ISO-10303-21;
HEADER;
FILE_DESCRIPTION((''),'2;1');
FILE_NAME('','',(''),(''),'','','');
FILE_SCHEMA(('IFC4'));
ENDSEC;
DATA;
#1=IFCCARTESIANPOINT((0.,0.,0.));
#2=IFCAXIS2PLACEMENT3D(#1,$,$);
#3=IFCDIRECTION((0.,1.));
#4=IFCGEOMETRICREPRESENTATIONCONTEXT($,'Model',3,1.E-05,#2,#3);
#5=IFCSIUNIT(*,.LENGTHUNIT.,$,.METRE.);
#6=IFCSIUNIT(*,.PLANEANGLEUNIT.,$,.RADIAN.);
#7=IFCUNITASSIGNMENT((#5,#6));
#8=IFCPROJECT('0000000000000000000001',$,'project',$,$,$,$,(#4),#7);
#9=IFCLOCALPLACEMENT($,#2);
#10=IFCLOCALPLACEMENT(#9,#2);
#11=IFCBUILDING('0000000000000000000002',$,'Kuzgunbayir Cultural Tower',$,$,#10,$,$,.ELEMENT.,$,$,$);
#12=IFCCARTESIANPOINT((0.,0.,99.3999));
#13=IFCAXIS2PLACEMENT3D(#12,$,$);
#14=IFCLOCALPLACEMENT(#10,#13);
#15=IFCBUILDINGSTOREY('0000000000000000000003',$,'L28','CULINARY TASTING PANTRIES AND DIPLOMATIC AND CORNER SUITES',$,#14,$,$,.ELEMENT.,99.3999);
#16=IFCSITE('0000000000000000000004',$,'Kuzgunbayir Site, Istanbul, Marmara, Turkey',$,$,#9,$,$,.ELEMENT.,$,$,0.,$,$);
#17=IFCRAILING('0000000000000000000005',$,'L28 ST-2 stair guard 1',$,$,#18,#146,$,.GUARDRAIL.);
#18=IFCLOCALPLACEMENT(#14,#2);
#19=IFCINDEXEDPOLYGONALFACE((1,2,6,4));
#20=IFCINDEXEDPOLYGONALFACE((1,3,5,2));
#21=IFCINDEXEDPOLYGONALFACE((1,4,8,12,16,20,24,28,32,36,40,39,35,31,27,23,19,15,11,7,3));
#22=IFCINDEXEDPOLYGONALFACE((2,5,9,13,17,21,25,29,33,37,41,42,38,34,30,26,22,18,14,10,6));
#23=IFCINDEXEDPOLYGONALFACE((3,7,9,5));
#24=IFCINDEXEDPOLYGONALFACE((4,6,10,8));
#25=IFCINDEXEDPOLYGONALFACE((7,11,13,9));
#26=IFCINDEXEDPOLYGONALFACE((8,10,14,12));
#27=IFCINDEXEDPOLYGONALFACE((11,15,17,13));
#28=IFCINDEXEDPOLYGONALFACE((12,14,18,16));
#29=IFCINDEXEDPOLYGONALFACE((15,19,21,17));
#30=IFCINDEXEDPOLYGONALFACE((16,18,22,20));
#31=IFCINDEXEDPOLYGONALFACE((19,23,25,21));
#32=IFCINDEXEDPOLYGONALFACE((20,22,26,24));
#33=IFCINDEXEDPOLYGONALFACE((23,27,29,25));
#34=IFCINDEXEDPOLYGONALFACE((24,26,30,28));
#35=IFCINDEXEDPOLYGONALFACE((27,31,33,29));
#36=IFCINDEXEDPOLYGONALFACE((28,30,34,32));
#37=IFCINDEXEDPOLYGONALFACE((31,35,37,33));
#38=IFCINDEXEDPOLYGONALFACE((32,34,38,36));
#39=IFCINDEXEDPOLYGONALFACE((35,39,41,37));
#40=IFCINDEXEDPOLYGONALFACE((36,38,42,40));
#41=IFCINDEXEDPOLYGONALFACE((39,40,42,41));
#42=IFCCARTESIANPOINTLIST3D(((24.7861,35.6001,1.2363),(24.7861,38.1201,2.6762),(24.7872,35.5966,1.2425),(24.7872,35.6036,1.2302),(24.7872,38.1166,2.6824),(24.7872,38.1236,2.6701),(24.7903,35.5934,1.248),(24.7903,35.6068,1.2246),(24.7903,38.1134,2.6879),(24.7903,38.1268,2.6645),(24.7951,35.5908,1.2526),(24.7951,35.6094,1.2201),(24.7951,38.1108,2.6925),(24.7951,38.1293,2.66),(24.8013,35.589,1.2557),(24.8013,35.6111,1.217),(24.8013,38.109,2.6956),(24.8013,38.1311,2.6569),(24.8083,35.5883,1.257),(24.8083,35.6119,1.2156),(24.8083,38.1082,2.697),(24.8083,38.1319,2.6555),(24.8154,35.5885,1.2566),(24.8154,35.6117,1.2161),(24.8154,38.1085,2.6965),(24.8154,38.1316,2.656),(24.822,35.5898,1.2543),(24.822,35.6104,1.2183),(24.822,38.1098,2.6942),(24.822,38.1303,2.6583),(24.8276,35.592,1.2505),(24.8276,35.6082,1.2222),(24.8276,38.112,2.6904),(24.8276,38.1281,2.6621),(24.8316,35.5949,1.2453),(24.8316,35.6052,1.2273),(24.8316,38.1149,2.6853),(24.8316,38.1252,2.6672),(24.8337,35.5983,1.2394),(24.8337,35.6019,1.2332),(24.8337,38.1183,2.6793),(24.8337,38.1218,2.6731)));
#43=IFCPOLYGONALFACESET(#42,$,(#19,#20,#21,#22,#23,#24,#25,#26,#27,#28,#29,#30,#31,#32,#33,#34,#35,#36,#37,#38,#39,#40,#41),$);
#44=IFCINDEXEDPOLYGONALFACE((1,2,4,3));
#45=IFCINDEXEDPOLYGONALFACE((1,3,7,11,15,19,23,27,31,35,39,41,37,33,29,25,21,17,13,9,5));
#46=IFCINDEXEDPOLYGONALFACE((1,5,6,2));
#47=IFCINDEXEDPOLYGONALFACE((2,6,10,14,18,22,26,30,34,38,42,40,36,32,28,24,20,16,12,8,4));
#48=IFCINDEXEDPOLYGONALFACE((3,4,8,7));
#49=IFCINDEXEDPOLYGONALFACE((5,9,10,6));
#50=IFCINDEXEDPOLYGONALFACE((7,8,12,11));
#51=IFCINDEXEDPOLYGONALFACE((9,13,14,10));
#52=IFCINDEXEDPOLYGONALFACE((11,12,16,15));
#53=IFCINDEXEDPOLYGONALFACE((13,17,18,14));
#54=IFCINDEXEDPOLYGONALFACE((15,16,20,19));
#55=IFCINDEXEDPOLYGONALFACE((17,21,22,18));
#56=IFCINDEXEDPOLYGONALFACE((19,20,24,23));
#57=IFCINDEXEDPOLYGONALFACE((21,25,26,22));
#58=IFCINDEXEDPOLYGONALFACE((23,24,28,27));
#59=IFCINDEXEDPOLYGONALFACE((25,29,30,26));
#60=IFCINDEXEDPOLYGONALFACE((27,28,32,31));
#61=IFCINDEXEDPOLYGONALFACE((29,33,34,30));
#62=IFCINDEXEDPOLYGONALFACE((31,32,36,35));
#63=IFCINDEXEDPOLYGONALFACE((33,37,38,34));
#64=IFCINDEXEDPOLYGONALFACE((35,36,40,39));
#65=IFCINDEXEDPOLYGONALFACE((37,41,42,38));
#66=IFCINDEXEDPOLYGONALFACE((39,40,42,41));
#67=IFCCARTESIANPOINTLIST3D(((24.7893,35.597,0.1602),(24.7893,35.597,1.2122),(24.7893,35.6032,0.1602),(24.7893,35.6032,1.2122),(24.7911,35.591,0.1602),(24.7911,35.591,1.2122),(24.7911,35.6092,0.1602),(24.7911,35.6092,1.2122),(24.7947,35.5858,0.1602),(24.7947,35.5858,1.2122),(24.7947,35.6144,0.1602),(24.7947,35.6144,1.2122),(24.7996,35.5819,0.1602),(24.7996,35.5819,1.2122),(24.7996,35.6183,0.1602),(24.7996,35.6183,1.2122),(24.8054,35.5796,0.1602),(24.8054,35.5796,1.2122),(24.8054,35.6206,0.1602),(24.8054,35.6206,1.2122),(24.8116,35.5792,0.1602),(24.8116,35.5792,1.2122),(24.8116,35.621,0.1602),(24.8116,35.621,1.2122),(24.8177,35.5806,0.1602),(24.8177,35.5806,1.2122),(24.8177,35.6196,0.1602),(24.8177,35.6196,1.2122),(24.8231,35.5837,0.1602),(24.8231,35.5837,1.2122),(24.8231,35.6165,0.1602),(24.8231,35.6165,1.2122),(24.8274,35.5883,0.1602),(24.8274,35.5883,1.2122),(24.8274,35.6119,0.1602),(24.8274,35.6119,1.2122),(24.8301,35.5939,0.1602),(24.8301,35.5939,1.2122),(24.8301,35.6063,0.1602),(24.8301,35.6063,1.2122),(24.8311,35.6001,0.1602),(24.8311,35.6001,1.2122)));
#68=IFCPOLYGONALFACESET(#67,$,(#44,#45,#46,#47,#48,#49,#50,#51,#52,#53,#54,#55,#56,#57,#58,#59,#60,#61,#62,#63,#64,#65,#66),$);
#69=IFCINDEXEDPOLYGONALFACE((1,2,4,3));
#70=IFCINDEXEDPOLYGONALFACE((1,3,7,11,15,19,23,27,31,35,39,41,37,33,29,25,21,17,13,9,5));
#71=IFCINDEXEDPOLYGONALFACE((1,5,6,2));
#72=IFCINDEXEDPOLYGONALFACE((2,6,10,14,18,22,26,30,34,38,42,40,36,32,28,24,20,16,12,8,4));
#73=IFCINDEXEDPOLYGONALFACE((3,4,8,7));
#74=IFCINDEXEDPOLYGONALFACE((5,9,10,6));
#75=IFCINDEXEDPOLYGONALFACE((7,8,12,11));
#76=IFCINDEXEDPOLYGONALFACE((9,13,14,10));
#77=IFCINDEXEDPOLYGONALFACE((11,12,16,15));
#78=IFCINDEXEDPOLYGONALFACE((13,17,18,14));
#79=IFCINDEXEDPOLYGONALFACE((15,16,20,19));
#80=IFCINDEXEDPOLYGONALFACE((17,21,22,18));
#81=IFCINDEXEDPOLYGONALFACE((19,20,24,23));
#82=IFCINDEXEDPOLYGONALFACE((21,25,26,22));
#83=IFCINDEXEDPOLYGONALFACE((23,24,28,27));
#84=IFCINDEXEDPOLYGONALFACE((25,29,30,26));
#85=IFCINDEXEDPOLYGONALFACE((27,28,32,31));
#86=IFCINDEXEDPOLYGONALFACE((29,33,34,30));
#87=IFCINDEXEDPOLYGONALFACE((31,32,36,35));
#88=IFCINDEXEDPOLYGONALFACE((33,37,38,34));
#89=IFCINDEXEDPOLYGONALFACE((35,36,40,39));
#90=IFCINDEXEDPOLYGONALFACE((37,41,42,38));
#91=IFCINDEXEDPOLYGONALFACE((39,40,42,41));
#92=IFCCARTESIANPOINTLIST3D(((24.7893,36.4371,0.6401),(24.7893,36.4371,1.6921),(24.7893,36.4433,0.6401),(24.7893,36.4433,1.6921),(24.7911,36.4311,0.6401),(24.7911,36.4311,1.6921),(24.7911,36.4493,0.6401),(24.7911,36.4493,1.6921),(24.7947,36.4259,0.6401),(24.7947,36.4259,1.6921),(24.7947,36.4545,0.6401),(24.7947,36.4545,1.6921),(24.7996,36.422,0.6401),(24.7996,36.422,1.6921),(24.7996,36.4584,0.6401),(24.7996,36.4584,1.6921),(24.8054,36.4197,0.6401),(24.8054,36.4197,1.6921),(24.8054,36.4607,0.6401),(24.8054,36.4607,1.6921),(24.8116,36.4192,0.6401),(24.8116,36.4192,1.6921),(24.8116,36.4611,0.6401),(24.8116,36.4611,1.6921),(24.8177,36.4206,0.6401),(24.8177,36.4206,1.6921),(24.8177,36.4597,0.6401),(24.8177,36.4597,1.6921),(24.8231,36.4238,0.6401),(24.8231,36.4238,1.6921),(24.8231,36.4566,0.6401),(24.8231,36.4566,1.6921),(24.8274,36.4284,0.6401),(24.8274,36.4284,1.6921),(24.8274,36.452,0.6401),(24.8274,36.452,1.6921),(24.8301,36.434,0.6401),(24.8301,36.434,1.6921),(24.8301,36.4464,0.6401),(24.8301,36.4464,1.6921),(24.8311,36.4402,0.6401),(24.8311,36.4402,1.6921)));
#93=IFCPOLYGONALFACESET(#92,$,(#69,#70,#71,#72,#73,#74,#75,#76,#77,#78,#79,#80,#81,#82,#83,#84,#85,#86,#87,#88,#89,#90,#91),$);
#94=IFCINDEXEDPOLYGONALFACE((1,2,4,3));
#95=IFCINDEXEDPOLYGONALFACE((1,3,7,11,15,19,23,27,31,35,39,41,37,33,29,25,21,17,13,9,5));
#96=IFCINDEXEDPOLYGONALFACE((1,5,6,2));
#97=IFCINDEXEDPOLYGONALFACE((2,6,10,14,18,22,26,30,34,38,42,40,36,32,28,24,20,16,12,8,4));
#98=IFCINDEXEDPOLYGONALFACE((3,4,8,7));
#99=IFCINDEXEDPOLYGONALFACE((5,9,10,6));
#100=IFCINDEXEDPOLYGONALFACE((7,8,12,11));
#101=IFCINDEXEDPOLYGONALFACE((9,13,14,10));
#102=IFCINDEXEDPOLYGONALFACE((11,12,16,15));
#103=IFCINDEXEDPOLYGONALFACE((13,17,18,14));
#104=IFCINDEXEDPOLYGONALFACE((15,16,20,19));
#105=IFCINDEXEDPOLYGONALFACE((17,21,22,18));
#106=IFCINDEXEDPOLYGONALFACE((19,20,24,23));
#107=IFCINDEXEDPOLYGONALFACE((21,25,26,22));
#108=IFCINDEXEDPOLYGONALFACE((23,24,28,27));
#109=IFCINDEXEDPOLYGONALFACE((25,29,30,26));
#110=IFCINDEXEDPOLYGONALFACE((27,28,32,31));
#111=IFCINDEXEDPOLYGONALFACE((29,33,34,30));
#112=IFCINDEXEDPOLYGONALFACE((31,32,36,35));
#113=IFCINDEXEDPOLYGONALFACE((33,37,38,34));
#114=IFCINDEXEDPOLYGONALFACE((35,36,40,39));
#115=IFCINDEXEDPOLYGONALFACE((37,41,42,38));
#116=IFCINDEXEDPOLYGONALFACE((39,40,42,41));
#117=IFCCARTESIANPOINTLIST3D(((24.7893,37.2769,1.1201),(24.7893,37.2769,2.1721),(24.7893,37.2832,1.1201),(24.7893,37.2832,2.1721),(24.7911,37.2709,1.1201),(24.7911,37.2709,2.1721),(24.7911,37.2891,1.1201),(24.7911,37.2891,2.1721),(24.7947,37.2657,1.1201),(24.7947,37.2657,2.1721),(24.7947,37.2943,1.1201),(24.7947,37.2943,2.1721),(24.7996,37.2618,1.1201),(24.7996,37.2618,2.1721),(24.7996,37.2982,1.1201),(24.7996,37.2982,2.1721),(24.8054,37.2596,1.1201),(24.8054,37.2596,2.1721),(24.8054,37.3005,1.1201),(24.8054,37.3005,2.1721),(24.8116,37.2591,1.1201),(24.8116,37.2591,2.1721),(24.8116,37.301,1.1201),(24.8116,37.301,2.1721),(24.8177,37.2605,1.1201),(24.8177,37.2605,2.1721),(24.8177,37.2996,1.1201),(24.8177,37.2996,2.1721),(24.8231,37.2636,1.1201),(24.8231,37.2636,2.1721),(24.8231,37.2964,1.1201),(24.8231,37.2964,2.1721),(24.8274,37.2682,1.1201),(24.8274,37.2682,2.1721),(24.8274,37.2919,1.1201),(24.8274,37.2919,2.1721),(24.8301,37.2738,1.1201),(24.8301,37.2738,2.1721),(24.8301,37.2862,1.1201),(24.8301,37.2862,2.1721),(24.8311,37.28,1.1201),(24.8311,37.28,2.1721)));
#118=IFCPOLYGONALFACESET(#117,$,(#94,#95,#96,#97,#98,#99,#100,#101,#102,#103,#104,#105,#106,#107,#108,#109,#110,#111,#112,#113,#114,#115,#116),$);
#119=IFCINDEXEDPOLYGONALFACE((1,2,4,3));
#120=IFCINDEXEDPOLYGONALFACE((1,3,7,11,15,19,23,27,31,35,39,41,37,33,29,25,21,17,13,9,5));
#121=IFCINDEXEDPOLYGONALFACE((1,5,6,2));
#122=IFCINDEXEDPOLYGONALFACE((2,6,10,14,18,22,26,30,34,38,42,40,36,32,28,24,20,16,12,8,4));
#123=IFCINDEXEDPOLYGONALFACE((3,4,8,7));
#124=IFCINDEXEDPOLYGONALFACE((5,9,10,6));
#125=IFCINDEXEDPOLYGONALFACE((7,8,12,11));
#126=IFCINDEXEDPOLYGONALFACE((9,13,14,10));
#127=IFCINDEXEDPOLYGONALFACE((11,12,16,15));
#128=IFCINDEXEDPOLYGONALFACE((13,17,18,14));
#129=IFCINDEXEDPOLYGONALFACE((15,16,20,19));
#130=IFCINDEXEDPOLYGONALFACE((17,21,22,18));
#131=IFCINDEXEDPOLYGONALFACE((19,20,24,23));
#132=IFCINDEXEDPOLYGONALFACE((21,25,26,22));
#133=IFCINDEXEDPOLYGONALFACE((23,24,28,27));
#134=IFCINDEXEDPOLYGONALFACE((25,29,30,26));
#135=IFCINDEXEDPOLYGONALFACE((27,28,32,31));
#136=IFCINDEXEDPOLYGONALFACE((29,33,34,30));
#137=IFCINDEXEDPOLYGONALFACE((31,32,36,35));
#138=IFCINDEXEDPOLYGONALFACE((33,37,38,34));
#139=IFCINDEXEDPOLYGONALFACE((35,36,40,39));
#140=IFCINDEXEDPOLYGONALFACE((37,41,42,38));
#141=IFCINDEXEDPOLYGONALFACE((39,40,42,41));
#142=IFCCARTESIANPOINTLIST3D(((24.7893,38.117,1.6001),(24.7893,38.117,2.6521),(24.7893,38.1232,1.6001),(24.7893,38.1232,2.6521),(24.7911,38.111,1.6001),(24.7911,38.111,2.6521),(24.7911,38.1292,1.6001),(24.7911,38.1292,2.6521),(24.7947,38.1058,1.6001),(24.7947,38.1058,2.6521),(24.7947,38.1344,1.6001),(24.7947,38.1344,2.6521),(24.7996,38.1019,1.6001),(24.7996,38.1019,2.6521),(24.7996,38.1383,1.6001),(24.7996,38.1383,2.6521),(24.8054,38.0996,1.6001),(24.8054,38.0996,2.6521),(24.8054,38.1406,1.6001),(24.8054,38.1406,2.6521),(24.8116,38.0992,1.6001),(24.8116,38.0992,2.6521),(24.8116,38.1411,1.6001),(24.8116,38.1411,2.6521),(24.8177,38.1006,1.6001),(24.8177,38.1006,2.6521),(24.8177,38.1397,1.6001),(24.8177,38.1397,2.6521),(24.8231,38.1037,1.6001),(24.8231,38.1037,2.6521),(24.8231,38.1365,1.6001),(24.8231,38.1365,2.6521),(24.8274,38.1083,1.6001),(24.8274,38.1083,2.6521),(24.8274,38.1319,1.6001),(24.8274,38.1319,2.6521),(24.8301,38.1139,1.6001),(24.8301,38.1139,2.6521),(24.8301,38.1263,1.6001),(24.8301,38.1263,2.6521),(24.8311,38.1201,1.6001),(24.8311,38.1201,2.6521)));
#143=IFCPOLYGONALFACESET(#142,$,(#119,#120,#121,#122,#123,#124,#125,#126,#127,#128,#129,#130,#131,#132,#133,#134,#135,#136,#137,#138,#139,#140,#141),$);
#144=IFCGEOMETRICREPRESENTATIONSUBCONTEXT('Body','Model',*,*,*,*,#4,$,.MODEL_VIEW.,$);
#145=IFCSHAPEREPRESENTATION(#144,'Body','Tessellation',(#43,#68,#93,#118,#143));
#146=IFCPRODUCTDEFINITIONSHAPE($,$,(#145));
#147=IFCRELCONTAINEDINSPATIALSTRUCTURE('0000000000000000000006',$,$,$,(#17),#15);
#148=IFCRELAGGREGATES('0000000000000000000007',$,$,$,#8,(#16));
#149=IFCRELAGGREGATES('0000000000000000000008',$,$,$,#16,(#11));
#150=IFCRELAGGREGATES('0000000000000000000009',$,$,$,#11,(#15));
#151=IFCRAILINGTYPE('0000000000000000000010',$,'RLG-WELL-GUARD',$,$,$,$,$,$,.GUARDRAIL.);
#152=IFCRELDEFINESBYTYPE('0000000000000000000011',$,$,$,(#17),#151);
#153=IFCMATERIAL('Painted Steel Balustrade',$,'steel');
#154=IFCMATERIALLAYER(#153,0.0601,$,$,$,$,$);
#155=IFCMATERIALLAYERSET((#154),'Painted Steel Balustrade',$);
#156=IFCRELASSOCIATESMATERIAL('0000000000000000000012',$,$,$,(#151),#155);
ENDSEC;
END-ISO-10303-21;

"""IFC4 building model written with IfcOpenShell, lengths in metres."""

from ifc_helpers import new_model, si_unit, direction, frame, origin, origin_2d, place, context, subcontext, project, spatial, circle, extrude, material, layer, layer_set, type_object, element, save


model = new_model("IFC4")

# Units and contexts
model_context = context("Model", 3, precision=1e-05, world=origin(), true_north=direction((0.0, 1.0)))
body_context = subcontext(model_context, "Body", "Model", "MODEL_VIEW")
ifc_project = project(units=[si_unit("LENGTHUNIT", "METRE"), si_unit("PLANEANGLEUNIT", "RADIAN")], contexts=[model_context])

# Site, building, storey
site_placement = place(None, origin())
site = spatial("IfcSite", under=ifc_project, at=site_placement, Name="Kuzgunbayir Site, Istanbul, Marmara, Turkey", CompositionType="ELEMENT", RefElevation=0.0)
building_placement = place(site_placement, origin())
building = spatial("IfcBuilding", under=site, at=building_placement, Name="Kuzgunbayir Cultural Tower", CompositionType="ELEMENT")
storey_placement = place(building_placement, frame((0.0, 0.0, 99.3999)))
storey = spatial("IfcBuildingStorey", under=building, at=storey_placement, Name="L28", Description="CULINARY TASTING PANTRIES AND DIPLOMATIC AND CORNER SUITES", CompositionType="ELEMENT", Elevation=99.3999)

# Railing
ifc_material_1 = material(Name="Painted Steel Balustrade", Category="steel")
ifc_layer_1 = layer(ifc_material_1, 0.0601)
ifc_layer_set_1 = layer_set([ifc_layer_1], Name="Painted Steel Balustrade")
railing_type_1 = type_object("IfcRailingType", Name="RLG-WELL-GUARD", PredefinedType="GUARDRAIL", material=ifc_layer_set_1)
railing_1_placement = place(storey_placement, frame((24.8101, 35.6001, 0.1602)))
element("IfcRailing", 1, at=railing_1_placement, inside=storey, type_object=railing_type_1, Name="L28 ST-2 stair guard 1", PredefinedType="GUARDRAIL", context=body_context, shape_type="SweptSolid", body=[
    extrude(circle(Radius=0.0239, at=origin_2d()), frame((0.0, 0.0, 1.0762), z_axis=(0.0, 0.868253, 0.496121), x_axis=(-1.0, 0.0, 0.0)), (0.0, 0.0, 1.0), 2.9023),
    extrude(circle(Radius=0.021, at=origin_2d()), origin(), (0.0, 0.0, 1.0), 1.052),
    extrude(circle(Radius=0.021, at=origin_2d()), frame((0.0, 0.8401, 0.48)), (0.0, 0.0, 1.0), 1.052),
    extrude(circle(Radius=0.021, at=origin_2d()), frame((0.0, 1.6799, 0.96)), (0.0, 0.0, 1.0), 1.052),
    extrude(circle(Radius=0.021, at=origin_2d()), frame((0.0, 2.52, 1.4399)), (0.0, 0.0, 1.0), 1.052),
])

save(model, "model.ifc")
